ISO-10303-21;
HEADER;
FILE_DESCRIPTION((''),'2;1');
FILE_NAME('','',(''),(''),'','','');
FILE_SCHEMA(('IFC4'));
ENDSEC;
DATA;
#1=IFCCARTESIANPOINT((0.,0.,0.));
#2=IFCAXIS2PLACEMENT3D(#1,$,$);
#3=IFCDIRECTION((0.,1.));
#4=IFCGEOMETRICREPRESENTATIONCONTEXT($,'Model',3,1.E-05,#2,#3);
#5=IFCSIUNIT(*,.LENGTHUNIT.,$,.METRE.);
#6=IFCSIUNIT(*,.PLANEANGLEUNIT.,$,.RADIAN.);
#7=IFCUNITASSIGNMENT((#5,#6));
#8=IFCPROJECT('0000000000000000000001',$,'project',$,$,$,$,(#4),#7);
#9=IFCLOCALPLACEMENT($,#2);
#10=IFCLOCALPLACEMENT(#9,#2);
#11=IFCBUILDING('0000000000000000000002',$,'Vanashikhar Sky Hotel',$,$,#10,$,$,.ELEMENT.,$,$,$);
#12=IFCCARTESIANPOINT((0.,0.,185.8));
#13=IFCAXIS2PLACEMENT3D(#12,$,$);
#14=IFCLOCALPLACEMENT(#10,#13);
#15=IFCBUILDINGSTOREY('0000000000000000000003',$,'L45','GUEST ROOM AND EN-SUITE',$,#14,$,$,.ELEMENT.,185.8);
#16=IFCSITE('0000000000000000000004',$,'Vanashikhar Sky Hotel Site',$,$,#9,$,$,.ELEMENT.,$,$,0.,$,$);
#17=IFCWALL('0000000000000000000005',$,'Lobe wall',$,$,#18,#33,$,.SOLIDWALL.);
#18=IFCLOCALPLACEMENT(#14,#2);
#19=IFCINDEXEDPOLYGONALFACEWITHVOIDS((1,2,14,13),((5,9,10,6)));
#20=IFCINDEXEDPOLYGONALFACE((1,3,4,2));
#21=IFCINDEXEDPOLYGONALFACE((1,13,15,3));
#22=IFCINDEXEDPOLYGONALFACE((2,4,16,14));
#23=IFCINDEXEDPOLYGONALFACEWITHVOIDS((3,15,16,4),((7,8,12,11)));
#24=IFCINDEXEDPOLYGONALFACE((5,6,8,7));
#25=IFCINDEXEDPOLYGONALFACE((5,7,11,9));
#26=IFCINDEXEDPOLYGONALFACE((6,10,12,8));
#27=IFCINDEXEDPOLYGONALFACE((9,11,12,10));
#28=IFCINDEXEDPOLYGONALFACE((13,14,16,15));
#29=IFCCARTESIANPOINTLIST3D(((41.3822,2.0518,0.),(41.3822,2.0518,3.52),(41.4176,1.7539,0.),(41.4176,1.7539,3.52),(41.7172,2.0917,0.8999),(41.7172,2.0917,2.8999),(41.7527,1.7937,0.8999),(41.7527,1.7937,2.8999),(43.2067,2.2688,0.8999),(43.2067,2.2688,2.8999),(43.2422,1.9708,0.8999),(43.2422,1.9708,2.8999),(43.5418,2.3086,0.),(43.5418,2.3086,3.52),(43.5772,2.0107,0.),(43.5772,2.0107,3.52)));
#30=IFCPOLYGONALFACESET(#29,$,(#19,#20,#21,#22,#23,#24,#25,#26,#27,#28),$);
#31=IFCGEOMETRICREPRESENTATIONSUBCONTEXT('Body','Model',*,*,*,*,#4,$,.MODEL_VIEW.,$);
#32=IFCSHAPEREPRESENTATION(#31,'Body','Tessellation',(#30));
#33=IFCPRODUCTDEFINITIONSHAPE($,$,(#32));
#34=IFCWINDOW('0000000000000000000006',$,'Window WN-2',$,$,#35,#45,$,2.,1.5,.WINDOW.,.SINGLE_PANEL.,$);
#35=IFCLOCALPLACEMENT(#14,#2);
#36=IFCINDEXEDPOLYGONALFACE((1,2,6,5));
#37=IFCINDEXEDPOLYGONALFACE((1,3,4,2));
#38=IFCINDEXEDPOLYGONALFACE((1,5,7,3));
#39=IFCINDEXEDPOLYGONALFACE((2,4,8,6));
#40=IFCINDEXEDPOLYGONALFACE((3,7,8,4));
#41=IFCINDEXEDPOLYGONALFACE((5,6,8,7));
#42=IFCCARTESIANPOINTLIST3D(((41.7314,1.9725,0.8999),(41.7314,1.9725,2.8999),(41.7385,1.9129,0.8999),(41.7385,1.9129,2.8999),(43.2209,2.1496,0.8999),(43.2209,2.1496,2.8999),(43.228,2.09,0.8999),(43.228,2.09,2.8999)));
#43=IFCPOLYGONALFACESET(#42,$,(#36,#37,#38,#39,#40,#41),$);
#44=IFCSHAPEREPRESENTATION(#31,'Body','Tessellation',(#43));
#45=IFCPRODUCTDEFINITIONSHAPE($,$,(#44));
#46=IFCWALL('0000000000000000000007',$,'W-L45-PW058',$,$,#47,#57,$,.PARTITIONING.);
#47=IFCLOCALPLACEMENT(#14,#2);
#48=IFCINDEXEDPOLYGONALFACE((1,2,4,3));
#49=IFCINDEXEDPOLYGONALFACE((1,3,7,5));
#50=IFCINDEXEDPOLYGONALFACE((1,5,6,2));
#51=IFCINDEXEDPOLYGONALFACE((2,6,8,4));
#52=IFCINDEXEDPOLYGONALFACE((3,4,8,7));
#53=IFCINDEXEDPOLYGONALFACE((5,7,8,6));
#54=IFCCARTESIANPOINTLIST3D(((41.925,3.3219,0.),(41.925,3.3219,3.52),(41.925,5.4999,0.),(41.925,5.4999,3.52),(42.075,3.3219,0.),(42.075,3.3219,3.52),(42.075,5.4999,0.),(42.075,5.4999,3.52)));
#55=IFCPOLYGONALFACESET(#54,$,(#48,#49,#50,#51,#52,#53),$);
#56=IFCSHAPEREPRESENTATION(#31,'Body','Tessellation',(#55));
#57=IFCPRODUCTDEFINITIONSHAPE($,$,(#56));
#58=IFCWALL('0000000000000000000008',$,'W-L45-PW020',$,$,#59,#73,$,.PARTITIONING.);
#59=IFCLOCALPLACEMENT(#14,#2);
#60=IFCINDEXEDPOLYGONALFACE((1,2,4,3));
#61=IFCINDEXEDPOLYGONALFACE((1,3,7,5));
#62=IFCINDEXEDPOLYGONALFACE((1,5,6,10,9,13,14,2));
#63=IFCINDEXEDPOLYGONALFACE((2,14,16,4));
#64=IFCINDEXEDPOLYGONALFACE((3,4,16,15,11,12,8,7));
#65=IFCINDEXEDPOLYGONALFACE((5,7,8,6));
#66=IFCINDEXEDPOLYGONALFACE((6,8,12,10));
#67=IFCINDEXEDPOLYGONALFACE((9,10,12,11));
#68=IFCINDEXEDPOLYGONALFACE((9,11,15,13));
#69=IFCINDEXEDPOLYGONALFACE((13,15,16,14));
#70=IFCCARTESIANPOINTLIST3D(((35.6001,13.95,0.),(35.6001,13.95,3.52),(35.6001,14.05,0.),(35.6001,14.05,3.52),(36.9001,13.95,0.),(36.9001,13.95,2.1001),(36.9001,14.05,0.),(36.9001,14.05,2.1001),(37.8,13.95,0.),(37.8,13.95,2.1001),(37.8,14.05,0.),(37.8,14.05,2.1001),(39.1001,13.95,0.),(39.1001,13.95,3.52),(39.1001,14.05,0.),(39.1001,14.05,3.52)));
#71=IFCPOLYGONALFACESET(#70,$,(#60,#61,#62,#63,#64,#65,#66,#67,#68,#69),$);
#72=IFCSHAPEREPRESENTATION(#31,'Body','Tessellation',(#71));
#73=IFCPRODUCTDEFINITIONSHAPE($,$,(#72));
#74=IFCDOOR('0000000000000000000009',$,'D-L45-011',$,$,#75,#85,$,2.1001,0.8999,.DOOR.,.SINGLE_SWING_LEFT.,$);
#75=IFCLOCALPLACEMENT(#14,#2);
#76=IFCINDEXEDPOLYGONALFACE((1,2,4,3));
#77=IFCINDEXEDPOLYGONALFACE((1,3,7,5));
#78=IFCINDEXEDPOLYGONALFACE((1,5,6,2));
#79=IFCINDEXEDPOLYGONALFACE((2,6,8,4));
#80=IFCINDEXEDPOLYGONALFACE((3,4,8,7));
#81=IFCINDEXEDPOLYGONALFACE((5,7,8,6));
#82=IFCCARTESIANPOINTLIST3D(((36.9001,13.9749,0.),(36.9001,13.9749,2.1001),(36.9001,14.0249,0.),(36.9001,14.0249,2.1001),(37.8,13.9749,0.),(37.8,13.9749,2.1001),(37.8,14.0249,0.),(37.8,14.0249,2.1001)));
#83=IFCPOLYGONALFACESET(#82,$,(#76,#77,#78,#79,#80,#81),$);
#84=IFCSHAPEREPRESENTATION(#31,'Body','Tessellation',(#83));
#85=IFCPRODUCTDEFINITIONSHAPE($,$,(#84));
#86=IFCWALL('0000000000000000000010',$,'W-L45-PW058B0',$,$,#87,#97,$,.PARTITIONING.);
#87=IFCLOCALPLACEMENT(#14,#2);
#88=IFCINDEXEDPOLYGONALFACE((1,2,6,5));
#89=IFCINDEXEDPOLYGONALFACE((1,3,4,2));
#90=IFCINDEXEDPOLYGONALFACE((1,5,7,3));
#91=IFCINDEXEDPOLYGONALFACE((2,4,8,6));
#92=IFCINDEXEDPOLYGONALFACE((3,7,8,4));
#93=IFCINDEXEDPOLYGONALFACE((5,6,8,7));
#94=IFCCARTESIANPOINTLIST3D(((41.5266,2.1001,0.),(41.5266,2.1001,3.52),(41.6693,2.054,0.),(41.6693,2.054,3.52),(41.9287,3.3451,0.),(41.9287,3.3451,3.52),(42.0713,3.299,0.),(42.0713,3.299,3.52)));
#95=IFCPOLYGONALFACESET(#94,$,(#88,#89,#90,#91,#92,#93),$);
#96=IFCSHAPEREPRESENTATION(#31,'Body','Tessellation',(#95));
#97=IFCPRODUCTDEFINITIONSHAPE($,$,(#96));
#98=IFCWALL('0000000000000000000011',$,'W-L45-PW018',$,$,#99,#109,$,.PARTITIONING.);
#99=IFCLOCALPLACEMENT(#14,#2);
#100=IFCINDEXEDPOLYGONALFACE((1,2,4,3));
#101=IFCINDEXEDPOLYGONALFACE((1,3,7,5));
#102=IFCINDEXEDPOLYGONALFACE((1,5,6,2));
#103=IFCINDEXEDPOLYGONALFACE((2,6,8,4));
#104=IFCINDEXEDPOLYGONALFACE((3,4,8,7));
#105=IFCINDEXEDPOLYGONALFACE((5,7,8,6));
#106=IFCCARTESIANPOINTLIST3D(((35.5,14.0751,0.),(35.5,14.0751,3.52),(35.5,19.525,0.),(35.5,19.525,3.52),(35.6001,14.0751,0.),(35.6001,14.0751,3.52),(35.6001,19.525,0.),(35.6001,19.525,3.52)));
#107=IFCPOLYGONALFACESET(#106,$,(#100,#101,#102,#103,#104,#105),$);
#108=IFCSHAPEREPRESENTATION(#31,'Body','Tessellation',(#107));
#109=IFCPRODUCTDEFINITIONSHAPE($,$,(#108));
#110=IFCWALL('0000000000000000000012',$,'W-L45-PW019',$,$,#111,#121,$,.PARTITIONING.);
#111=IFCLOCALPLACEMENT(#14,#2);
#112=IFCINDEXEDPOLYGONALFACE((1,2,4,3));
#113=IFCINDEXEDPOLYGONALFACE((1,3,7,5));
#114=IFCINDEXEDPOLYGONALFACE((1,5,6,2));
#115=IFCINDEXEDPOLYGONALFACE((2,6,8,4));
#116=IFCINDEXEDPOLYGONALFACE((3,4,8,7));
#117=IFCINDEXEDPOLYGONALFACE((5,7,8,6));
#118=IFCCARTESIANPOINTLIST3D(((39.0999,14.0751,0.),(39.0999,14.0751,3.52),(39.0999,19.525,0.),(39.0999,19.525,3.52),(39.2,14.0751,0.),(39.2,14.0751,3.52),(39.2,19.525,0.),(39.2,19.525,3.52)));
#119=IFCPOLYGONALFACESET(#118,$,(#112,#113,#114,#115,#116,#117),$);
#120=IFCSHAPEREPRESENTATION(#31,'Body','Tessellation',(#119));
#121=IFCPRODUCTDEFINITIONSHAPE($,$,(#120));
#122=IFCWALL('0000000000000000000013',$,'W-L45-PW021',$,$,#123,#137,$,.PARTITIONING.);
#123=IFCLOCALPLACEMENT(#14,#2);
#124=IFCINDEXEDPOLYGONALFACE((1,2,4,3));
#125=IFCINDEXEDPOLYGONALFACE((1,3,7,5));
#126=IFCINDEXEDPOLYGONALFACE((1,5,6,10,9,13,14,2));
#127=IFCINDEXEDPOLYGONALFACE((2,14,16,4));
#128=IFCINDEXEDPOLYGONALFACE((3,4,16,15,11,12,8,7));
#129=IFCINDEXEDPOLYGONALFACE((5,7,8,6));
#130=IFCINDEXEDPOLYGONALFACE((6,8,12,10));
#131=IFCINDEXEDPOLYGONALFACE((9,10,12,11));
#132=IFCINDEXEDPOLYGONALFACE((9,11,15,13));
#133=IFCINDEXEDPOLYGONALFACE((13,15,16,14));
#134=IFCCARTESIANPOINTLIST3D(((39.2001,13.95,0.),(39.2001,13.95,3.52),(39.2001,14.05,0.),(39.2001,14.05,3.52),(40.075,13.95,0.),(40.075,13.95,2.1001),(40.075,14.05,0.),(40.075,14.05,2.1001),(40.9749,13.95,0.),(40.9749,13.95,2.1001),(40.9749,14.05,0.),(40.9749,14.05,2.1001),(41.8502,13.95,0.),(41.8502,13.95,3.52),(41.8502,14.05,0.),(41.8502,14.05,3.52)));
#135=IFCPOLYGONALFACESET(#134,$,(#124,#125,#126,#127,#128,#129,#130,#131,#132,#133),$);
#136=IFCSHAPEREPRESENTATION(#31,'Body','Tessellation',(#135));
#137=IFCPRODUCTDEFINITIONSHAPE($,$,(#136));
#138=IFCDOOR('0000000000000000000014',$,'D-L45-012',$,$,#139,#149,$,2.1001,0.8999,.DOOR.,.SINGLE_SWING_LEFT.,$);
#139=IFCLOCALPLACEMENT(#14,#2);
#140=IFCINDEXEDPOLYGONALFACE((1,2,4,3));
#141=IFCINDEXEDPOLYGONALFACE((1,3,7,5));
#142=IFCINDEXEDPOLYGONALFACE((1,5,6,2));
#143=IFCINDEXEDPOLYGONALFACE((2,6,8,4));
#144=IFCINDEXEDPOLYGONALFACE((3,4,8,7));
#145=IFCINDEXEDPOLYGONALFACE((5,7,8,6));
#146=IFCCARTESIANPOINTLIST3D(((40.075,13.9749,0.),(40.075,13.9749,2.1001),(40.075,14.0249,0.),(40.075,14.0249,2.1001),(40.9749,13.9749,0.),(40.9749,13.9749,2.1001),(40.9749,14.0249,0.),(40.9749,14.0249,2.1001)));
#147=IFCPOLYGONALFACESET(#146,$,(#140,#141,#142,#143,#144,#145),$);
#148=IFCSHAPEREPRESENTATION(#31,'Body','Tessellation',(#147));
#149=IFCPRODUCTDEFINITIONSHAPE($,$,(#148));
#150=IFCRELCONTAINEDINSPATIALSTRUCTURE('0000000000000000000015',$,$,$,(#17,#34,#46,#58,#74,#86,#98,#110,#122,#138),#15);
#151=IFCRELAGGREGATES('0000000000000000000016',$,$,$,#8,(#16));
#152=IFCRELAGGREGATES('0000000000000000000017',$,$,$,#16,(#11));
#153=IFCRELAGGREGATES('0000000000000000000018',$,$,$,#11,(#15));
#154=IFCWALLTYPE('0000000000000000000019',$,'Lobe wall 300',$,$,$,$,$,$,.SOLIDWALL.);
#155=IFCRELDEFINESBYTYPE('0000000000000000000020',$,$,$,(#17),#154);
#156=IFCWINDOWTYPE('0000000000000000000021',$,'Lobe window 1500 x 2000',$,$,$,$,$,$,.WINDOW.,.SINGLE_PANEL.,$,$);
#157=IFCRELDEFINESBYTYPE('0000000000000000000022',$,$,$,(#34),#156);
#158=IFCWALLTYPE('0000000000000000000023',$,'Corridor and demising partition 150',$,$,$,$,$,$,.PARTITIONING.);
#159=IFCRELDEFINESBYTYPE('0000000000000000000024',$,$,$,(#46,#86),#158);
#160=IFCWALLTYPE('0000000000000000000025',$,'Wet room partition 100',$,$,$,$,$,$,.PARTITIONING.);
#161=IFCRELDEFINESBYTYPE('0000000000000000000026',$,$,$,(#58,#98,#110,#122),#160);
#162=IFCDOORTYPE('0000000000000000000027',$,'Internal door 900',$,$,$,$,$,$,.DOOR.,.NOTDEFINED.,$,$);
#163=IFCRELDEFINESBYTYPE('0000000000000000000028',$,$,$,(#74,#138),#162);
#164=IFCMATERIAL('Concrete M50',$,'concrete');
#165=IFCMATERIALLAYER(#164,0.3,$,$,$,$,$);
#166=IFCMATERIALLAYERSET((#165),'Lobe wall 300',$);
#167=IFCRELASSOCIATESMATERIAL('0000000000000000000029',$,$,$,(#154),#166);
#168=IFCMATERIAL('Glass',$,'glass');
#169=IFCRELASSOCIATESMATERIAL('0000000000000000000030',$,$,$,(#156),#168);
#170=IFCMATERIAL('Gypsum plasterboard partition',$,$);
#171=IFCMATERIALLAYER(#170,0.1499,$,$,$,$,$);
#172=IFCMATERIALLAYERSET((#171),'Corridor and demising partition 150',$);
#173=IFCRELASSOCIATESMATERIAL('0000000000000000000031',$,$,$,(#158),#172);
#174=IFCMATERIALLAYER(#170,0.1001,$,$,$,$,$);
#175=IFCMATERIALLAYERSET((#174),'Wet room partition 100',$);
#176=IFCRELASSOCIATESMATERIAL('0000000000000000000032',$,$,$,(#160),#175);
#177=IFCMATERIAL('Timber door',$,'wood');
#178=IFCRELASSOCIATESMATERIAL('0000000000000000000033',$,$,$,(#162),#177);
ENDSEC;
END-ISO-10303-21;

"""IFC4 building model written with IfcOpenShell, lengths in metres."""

from ifc_helpers import new_model, si_unit, direction, frame, frame_2d, origin, place, context, subcontext, project, spatial, rectangle, extrude, source, transform, mapped, material, layer, layer_set, type_object, element, fill, save


model = new_model("IFC4")

# Units and contexts
model_context = context("Model", 3, precision=1e-05, world=origin(), true_north=direction((0.0, 1.0)))
body_context = subcontext(model_context, "Body", "Model", "MODEL_VIEW")
ifc_project = project(units=[si_unit("LENGTHUNIT", "METRE"), si_unit("PLANEANGLEUNIT", "RADIAN")], contexts=[model_context])

# Site, building, storey
site_placement = place(None, origin())
site = spatial("IfcSite", under=ifc_project, at=site_placement, Name="Vanashikhar Sky Hotel Site", CompositionType="ELEMENT", RefElevation=0.0)
building_placement = place(site_placement, origin())
building = spatial("IfcBuilding", under=site, at=building_placement, Name="Vanashikhar Sky Hotel", CompositionType="ELEMENT")
storey_placement = place(building_placement, frame((0.0, 0.0, 185.8)))
storey = spatial("IfcBuildingStorey", under=building, at=storey_placement, Name="L45", Description="GUEST ROOM AND EN-SUITE", CompositionType="ELEMENT", Elevation=185.8)

# Shared definitions
ifc_material_1 = material(Name="Concrete M50", Category="concrete")

# Wall, opening, window
ifc_layer_1 = layer(ifc_material_1, 0.3)
ifc_layer_set_1 = layer_set([ifc_layer_1], Name="Lobe wall 300")
wall_type_1 = type_object("IfcWallType", Name="Lobe wall 300", PredefinedType="SOLIDWALL", material=ifc_layer_set_1)
shared_shape_1 = source(origin(), body_context, "Body", "SweptSolid", [
    extrude(rectangle(XDim=1.5, YDim=2.0, at=frame_2d((0.75, 1.0))), frame((0.0, 0.1602, 0.0), z_axis=(0.0, -1.0, 0.0), x_axis=(1.0, 0.0, 0.0)), (0.0, 0.0, 1.0), 0.3201),
])
ifc_material_2 = material(Name="Glass", Category="glass")
window_type = type_object("IfcWindowType", Name="Lobe window 1500 x 2000", PartitioningType="SINGLE_PANEL", PredefinedType="WINDOW", material=ifc_material_2)
shared_shape_2 = source(origin(), body_context, "Body", "SweptSolid", [
    extrude(rectangle(XDim=1.5, YDim=2.0, at=frame_2d((0.75, 1.0))), frame((0.0, 0.03, 0.0), z_axis=(0.0, -1.0, 0.0), x_axis=(1.0, 0.0, 0.0)), (0.0, 0.0, 1.0), 0.0601),
])
shared_shape_3 = source(origin(), body_context, "Body", "SweptSolid", [
    extrude(rectangle(XDim=2.1748, YDim=0.3, at=frame_2d((1.0874, 0.0))), origin(), (0.0, 0.0, 1.0), 3.52),
])
wall_1_placement = place(storey_placement, frame((41.3999, 1.9028, 0.0), z_axis=(0.0, 0.0, 1.0), x_axis=(0.993003, 0.118092, 0.0)))
wall_1 = element("IfcWall", 1, at=wall_1_placement, inside=storey, type_object=wall_type_1, Name="Lobe wall", PredefinedType="SOLIDWALL", context=body_context, shape_type="MappedRepresentation", body=[
    mapped(shared_shape_3, transform((0.0, 0.0, 0.0), scale=1.0)),
])
opening_1_placement = place(wall_1_placement, frame((0.3374, 0.0, 0.8999)))
opening_1 = element("IfcOpeningElement", 2, at=opening_1_placement, cuts=wall_1, PredefinedType="OPENING", context=body_context, shape_type="MappedRepresentation", body=[
    mapped(shared_shape_1, transform((0.0, 0.0, 0.0), scale=1.0)),
])
window_1_placement = place(opening_1_placement, origin())
window_1 = element("IfcWindow", 3, at=window_1_placement, inside=storey, type_object=window_type, Name="Window WN-2", OverallHeight=2.0, OverallWidth=1.5, PartitioningType="SINGLE_PANEL", PredefinedType="WINDOW", context=body_context, shape_type="MappedRepresentation", body=[
    mapped(shared_shape_2, transform((0.0, 0.0, 0.0), scale=1.0)),
])
fill(opening_1, window_1)

# Wall
ifc_material_3 = material(Name="Gypsum plasterboard partition")
ifc_layer_2 = layer(ifc_material_3, 0.1499)
ifc_layer_set_2 = layer_set([ifc_layer_2], Name="Corridor and demising partition 150")
wall_type_2 = type_object("IfcWallType", Name="Corridor and demising partition 150", PredefinedType="PARTITIONING", material=ifc_layer_set_2)
shared_shape_4 = source(origin(), body_context, "Body", "SweptSolid", [
    extrude(rectangle(XDim=2.178, YDim=0.1499, at=frame_2d((1.0889, 0.0))), origin(), (0.0, 0.0, 1.0), 3.52),
])
wall_2_placement = place(storey_placement, frame((42.0, 3.322, 0.0), z_axis=(0.0, 0.0, 1.0), x_axis=(0.0, 1.0, 0.0)))
element("IfcWall", 4, at=wall_2_placement, inside=storey, type_object=wall_type_2, Name="W-L45-PW058", PredefinedType="PARTITIONING", context=body_context, shape_type="MappedRepresentation", body=[
    mapped(shared_shape_4, transform((0.0, 0.0, 0.0), scale=1.0)),
])

# Wall, opening, door
ifc_layer_3 = layer(ifc_material_3, 0.1001)
ifc_layer_set_3 = layer_set([ifc_layer_3], Name="Wet room partition 100")
wall_type_3 = type_object("IfcWallType", Name="Wet room partition 100", PredefinedType="PARTITIONING", material=ifc_layer_set_3)
shared_shape_5 = source(origin(), body_context, "Body", "SweptSolid", [
    extrude(rectangle(XDim=3.5, YDim=0.1001, at=frame_2d((1.75, 0.0))), origin(), (0.0, 0.0, 1.0), 3.52),
])
wall_3_placement = place(storey_placement, frame((35.6001, 14.0, 0.0), z_axis=(0.0, 0.0, 1.0), x_axis=(1.0, 0.0, 0.0)))
wall_3 = element("IfcWall", 5, at=wall_3_placement, inside=storey, type_object=wall_type_3, Name="W-L45-PW020", PredefinedType="PARTITIONING", context=body_context, shape_type="MappedRepresentation", body=[
    mapped(shared_shape_5, transform((0.0, 0.0, 0.0), scale=1.0)),
])
shared_shape_6 = source(origin(), body_context, "Body", "SweptSolid", [
    extrude(rectangle(XDim=0.8999, YDim=2.1001, at=frame_2d((0.45, 1.05))), frame((0.0, 0.0601, 0.0), z_axis=(0.0, -1.0, 0.0), x_axis=(1.0, 0.0, 0.0)), (0.0, 0.0, 1.0), 0.1201),
])
opening_2_placement = place(wall_3_placement, frame((1.3, 0.0, 0.0)))
opening_2 = element("IfcOpeningElement", 6, at=opening_2_placement, cuts=wall_3, PredefinedType="OPENING", context=body_context, shape_type="MappedRepresentation", body=[
    mapped(shared_shape_6, transform((0.0, 0.0, 0.0), scale=1.0)),
])
ifc_material_4 = material(Name="Timber door", Category="wood")
door_type_1 = type_object("IfcDoorType", Name="Internal door 900", OperationType="NOTDEFINED", PredefinedType="DOOR", material=ifc_material_4)
shared_shape_7 = source(origin(), body_context, "Body", "SweptSolid", [
    extrude(rectangle(XDim=0.8999, YDim=2.1001, at=frame_2d((0.45, 1.05))), frame((0.0, 0.0249, 0.0), z_axis=(0.0, -1.0, 0.0), x_axis=(1.0, 0.0, 0.0)), (0.0, 0.0, 1.0), 0.05),
])
door_1_placement = place(opening_2_placement, origin())
door_1 = element("IfcDoor", 7, at=door_1_placement, inside=storey, type_object=door_type_1, Name="D-L45-011", OperationType="SINGLE_SWING_LEFT", OverallHeight=2.1001, OverallWidth=0.8999, PredefinedType="DOOR", context=body_context, shape_type="MappedRepresentation", body=[
    mapped(shared_shape_7, transform((0.0, 0.0, 0.0), scale=1.0)),
])
fill(opening_2, door_1)

# Walls
shared_shape_8 = source(origin(), body_context, "Body", "SweptSolid", [
    extrude(rectangle(XDim=1.3083, YDim=0.1499, at=frame_2d((0.6543, 0.0))), origin(), (0.0, 0.0, 1.0), 3.52),
])
wall_4_placement = place(storey_placement, frame((41.5979, 2.0769, 0.0), z_axis=(0.0, 0.0, 1.0), x_axis=(0.307314, 0.951608, 0.0)))
element("IfcWall", 8, at=wall_4_placement, inside=storey, type_object=wall_type_2, Name="W-L45-PW058B0", PredefinedType="PARTITIONING", context=body_context, shape_type="MappedRepresentation", body=[
    mapped(shared_shape_8, transform((0.0, 0.0, 0.0), scale=1.0)),
])
shared_shape_9 = source(origin(), body_context, "Body", "SweptSolid", [
    extrude(rectangle(XDim=5.45, YDim=0.1001, at=frame_2d((2.7251, 0.0))), origin(), (0.0, 0.0, 1.0), 3.52),
])
for number, where, z_axis, x_axis, name in (
    (9, (35.55, 14.075, 0.0), (0.0, 0.0, 1.0), (0.0, 1.0, 0.0), "W-L45-PW018"),
    (10, (39.1499, 14.075, 0.0), (0.0, 0.0, 1.0), (0.0, 1.0, 0.0), "W-L45-PW019"),
):
    element("IfcWall", number, at=place(storey_placement, frame(where, z_axis=z_axis, x_axis=x_axis)), inside=storey, type_object=wall_type_3, Name=name, PredefinedType="PARTITIONING", context=body_context, shape_type="MappedRepresentation", body=[
        mapped(shared_shape_9, transform((0.0, 0.0, 0.0), scale=1.0)),
    ])

# Wall, opening, door
shared_shape_10 = source(origin(), body_context, "Body", "SweptSolid", [
    extrude(rectangle(XDim=2.6501, YDim=0.1001, at=frame_2d((1.3252, 0.0))), origin(), (0.0, 0.0, 1.0), 3.52),
])
wall_5_placement = place(storey_placement, frame((39.2, 14.0, 0.0), z_axis=(0.0, 0.0, 1.0), x_axis=(1.0, 0.0, 0.0)))
wall_5 = element("IfcWall", 11, at=wall_5_placement, inside=storey, type_object=wall_type_3, Name="W-L45-PW021", PredefinedType="PARTITIONING", context=body_context, shape_type="MappedRepresentation", body=[
    mapped(shared_shape_10, transform((0.0, 0.0, 0.0), scale=1.0)),
])
opening_3_placement = place(wall_5_placement, frame((0.875, 0.0, 0.0)))
opening_3 = element("IfcOpeningElement", 12, at=opening_3_placement, cuts=wall_5, PredefinedType="OPENING", context=body_context, shape_type="MappedRepresentation", body=[
    mapped(shared_shape_6, transform((0.0, 0.0, 0.0), scale=1.0)),
])
door_2_placement = place(opening_3_placement, origin())
door_2 = element("IfcDoor", 13, at=door_2_placement, inside=storey, type_object=door_type_1, Name="D-L45-012", OperationType="SINGLE_SWING_LEFT", OverallHeight=2.1001, OverallWidth=0.8999, PredefinedType="DOOR", context=body_context, shape_type="MappedRepresentation", body=[
    mapped(shared_shape_7, transform((0.0, 0.0, 0.0), scale=1.0)),
])
fill(opening_3, door_2)

save(model, "model.ifc")
